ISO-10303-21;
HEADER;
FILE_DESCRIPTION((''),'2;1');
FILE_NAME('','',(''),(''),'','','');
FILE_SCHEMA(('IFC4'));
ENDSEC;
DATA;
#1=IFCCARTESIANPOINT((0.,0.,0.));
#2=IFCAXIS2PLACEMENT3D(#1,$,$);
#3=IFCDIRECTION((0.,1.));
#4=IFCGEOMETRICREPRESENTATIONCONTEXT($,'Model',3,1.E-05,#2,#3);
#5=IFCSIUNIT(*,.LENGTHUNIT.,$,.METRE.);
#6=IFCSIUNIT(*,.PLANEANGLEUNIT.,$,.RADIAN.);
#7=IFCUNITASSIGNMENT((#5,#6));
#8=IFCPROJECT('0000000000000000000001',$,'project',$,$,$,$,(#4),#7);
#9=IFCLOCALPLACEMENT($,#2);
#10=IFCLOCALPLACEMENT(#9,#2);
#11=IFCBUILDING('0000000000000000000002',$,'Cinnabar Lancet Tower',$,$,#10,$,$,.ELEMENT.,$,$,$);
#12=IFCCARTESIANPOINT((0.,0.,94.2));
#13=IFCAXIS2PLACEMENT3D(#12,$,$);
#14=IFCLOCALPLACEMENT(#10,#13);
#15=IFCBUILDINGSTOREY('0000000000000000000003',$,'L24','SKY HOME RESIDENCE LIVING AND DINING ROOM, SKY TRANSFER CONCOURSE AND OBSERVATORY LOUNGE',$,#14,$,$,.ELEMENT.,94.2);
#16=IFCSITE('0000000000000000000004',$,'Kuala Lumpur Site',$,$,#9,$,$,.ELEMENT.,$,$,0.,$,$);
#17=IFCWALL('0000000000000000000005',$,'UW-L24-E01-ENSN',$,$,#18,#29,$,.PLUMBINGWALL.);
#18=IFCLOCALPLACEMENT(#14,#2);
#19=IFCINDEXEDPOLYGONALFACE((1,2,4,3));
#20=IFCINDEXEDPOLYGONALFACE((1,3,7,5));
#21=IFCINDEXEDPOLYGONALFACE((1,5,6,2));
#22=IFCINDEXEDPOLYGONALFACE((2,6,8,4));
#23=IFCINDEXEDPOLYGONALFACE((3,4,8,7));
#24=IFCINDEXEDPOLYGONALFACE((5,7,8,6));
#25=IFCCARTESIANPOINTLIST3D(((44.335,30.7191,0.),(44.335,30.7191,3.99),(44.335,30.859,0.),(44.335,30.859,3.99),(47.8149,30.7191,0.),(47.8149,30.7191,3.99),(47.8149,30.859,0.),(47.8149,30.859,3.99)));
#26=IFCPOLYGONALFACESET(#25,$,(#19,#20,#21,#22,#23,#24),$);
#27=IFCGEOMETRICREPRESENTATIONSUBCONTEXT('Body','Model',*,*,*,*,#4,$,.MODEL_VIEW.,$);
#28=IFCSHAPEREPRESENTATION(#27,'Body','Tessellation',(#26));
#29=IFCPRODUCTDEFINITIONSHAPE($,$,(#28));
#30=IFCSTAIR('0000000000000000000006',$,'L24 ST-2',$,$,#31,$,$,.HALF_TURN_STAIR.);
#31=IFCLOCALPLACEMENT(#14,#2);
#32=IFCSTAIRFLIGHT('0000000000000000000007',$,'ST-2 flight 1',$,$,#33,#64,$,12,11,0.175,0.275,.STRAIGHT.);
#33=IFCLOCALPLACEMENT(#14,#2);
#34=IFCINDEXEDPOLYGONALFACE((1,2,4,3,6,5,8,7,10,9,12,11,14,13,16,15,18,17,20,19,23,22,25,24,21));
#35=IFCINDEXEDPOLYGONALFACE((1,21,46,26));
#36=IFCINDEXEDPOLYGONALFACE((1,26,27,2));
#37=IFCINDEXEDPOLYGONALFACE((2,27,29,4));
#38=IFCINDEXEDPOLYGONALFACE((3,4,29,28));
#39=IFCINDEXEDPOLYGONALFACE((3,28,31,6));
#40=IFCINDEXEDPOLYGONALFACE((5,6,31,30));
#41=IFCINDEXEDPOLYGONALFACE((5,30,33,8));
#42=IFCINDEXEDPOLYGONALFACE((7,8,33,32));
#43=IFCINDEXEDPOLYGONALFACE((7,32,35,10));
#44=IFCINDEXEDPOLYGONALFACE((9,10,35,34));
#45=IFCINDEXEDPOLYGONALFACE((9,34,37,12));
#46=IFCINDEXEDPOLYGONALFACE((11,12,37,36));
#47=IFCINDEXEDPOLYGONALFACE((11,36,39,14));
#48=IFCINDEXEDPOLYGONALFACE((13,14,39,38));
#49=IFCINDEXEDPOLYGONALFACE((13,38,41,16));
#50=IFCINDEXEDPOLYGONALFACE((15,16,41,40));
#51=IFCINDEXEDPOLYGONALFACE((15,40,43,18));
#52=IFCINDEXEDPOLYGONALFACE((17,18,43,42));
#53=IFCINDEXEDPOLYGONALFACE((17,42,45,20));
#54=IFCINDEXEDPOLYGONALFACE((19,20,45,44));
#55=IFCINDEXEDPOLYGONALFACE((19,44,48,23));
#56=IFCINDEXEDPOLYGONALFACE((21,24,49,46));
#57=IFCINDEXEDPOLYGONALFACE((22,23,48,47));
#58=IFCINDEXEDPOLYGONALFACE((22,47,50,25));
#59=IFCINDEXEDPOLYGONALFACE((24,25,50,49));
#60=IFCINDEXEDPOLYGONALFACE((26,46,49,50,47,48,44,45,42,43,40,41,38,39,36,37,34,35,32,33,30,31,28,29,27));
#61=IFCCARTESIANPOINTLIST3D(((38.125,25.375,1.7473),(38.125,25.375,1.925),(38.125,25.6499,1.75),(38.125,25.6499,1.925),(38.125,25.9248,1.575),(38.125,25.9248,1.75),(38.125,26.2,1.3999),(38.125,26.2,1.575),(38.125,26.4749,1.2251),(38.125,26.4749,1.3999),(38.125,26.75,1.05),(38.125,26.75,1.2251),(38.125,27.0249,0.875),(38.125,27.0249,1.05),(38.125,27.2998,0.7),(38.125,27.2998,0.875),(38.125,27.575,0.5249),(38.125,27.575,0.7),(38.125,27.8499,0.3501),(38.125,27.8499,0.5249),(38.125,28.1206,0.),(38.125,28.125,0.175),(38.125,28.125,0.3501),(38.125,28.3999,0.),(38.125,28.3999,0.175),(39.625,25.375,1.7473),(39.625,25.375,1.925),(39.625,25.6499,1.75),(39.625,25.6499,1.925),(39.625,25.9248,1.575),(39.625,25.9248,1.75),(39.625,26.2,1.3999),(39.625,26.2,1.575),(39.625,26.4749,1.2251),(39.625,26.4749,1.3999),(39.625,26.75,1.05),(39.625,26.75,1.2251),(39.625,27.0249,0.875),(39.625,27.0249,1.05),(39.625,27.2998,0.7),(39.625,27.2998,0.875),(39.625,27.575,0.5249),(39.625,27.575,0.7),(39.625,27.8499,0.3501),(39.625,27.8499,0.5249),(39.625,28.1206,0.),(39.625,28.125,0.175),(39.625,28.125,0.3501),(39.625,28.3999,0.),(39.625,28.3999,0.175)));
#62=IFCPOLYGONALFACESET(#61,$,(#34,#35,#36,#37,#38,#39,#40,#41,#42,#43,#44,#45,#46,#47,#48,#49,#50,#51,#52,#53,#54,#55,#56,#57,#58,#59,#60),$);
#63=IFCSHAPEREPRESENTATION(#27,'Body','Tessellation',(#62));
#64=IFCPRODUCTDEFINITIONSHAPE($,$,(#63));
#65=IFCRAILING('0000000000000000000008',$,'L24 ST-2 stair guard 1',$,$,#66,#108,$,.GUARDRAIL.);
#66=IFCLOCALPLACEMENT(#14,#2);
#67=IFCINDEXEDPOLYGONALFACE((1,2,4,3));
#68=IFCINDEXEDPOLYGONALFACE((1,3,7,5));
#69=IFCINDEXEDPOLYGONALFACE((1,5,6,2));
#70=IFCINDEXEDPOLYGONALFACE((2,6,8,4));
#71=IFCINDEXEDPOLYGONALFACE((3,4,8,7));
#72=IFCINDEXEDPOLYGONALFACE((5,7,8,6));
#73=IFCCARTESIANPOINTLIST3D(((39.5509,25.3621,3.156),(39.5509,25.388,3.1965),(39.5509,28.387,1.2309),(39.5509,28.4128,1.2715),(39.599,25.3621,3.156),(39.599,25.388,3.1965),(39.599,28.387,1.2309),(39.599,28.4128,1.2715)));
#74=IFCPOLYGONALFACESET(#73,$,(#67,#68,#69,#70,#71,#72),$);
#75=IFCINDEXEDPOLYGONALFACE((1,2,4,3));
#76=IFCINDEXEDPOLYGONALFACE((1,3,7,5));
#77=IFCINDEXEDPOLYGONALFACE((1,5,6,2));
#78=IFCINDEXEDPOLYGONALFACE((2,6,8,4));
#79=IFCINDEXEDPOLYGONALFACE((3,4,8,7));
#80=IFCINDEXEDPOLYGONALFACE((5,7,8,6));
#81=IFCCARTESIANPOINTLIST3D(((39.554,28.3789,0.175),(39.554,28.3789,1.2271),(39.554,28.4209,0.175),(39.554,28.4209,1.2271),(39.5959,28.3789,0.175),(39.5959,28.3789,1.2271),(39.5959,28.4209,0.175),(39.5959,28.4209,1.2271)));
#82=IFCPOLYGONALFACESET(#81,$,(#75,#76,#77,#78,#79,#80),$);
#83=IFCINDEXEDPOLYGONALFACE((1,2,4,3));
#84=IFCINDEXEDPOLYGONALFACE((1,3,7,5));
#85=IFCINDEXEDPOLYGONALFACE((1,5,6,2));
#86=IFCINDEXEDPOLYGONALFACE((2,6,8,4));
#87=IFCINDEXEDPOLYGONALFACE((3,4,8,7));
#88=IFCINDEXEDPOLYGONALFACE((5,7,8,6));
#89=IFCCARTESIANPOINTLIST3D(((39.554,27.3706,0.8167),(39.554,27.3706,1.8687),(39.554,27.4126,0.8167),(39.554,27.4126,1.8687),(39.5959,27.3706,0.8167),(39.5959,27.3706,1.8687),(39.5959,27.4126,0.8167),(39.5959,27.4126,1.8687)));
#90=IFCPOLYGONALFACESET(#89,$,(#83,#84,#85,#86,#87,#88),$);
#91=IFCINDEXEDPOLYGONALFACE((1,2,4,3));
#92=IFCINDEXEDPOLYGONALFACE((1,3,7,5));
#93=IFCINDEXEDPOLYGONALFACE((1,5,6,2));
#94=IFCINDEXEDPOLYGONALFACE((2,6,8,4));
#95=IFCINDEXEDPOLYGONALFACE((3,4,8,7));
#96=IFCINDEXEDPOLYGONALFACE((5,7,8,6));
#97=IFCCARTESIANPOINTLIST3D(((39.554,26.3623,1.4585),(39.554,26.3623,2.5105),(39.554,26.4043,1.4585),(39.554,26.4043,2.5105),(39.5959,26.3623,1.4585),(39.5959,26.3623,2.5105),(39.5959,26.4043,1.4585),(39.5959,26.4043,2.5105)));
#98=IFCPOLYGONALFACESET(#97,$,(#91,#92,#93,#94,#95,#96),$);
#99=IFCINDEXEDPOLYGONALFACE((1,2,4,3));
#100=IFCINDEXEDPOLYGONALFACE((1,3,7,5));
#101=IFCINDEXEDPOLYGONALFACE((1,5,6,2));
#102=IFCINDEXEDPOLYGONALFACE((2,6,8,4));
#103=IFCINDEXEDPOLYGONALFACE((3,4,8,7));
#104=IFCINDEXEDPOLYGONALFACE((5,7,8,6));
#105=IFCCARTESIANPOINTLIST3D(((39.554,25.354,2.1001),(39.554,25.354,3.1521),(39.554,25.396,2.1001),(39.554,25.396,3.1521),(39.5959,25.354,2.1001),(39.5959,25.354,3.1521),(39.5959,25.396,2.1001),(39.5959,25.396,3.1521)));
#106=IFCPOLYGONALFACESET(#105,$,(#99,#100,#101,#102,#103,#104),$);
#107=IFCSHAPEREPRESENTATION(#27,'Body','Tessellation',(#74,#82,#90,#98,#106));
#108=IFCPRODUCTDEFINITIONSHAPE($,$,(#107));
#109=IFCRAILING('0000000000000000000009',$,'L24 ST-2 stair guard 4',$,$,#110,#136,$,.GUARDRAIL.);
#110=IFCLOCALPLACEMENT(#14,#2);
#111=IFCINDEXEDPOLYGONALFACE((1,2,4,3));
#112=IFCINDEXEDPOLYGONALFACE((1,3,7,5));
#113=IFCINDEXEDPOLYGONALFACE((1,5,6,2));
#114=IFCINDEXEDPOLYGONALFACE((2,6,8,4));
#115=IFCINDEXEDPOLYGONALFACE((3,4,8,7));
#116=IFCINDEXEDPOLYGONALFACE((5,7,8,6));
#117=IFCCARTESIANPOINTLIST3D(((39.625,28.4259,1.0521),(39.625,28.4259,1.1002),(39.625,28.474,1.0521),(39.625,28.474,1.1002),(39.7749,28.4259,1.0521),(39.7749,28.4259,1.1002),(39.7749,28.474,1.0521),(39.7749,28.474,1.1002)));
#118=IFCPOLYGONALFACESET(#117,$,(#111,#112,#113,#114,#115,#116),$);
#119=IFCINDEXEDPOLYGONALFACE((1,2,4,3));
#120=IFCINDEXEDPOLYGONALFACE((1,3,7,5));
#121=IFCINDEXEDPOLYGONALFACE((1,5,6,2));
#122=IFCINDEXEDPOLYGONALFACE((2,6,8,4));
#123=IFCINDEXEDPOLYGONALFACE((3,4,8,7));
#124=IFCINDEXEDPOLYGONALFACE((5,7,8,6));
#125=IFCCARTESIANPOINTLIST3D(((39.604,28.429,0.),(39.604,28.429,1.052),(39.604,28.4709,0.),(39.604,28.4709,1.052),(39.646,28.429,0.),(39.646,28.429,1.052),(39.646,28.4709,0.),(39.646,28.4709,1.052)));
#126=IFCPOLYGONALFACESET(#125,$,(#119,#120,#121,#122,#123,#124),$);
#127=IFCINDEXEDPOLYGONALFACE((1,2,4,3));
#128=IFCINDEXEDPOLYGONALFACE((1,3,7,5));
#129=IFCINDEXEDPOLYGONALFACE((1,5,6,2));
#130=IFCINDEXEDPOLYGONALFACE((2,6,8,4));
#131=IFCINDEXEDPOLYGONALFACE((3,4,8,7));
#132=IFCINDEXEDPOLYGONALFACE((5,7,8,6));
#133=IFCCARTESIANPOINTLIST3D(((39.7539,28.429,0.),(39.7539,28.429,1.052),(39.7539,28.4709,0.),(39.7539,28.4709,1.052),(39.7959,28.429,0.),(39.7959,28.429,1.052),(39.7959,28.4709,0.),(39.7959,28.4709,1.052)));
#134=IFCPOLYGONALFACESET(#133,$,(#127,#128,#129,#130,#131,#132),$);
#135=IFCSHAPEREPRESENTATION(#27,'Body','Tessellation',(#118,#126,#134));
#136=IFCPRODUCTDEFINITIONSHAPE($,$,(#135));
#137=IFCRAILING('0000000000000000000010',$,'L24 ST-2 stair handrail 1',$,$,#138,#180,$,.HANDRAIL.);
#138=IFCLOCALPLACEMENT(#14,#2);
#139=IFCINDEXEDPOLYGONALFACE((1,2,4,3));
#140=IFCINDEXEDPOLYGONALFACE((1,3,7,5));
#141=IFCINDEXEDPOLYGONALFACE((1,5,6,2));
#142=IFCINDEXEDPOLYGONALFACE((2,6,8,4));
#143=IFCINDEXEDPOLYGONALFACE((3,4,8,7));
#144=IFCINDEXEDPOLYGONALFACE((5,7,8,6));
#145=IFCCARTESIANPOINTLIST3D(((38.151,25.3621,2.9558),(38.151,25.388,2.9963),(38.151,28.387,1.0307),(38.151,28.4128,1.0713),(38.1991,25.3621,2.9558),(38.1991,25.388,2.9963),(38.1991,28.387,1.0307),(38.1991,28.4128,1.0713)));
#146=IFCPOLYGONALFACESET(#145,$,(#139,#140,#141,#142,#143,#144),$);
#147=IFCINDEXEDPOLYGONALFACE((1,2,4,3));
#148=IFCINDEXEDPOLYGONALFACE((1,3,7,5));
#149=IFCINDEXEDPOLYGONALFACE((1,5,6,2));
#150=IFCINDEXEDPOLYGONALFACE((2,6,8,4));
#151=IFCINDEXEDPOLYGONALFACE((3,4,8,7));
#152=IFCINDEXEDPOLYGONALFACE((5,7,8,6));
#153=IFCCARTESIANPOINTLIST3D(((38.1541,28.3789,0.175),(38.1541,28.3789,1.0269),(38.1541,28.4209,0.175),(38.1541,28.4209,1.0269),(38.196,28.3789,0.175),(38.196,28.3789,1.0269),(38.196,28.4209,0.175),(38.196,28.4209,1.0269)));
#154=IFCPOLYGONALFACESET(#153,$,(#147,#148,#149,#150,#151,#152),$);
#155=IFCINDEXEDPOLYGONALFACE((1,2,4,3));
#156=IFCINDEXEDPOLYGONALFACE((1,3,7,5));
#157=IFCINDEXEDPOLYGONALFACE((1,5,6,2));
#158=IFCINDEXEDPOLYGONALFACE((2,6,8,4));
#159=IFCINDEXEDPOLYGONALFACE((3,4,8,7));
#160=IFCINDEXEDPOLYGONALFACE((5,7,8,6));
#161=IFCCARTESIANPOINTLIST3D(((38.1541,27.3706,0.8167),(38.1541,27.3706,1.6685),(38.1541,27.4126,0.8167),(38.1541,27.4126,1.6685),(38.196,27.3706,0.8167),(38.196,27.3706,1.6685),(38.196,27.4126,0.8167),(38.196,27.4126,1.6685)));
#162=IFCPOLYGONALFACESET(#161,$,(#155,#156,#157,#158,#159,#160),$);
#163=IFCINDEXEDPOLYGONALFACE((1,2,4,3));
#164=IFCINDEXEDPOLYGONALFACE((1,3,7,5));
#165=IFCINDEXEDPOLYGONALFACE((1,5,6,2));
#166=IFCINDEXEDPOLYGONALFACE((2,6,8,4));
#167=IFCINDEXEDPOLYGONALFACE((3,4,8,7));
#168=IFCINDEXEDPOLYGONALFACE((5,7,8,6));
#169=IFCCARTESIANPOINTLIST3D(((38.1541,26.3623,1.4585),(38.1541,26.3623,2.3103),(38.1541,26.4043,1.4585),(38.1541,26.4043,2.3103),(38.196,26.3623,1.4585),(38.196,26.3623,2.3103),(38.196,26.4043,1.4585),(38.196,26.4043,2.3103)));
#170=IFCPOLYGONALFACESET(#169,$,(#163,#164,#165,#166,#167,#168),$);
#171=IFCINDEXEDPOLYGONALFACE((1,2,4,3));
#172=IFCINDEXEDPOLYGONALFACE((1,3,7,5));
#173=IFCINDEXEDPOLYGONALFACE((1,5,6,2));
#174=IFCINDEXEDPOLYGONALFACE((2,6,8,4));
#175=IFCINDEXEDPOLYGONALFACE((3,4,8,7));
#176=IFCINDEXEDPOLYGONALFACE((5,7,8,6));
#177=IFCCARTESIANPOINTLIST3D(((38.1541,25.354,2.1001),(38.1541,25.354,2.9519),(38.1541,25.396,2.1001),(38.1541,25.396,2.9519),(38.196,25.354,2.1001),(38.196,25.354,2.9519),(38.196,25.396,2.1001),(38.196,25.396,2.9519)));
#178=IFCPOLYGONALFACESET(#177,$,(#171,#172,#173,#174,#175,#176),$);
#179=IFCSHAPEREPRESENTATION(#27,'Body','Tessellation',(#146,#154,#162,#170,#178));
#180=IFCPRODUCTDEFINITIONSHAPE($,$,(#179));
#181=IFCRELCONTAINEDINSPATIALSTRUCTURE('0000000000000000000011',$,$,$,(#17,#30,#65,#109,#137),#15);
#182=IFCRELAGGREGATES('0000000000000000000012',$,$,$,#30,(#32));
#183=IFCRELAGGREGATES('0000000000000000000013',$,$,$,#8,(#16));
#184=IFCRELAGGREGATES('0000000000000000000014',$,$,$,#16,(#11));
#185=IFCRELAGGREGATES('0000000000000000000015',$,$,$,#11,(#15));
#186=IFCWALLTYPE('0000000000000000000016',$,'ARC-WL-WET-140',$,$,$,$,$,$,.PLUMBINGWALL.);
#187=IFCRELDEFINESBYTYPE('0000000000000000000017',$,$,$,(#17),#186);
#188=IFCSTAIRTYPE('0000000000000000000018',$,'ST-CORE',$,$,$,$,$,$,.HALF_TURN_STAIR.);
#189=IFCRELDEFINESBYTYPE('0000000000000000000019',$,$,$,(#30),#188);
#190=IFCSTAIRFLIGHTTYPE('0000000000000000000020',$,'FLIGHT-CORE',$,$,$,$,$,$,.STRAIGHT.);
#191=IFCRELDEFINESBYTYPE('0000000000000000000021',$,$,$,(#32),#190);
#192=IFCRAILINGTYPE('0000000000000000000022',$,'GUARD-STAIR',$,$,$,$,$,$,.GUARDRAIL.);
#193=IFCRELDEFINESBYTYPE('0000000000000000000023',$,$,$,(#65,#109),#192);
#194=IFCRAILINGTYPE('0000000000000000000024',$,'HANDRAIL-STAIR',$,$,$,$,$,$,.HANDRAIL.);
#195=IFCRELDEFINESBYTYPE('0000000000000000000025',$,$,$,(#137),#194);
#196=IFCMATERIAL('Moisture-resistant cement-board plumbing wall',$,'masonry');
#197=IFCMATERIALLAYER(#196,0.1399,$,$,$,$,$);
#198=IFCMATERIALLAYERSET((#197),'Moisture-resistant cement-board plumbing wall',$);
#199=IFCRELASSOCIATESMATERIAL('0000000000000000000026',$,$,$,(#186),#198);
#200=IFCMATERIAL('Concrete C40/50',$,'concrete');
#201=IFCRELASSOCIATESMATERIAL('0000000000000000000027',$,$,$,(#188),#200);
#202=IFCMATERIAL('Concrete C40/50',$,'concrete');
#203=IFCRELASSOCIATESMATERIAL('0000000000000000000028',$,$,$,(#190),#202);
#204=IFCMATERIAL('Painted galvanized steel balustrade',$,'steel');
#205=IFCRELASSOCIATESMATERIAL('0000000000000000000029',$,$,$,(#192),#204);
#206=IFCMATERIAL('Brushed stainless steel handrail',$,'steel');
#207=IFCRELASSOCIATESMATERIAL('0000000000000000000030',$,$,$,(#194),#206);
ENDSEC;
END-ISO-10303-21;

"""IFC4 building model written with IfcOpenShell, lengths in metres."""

from ifc_helpers import new_model, si_unit, direction, frame, frame_2d, origin, origin_2d, place, context, subcontext, project, spatial, polyline, rectangle, outline, extrude, material, layer, layer_set, type_object, element, aggregate, save


model = new_model("IFC4")

# Units and contexts
model_context = context("Model", 3, precision=1e-05, world=origin(), true_north=direction((0.0, 1.0)))
body_context = subcontext(model_context, "Body", "Model", "MODEL_VIEW")
ifc_project = project(units=[si_unit("LENGTHUNIT", "METRE"), si_unit("PLANEANGLEUNIT", "RADIAN")], contexts=[model_context])

# Site, building, storey
site_placement = place(None, origin())
site = spatial("IfcSite", under=ifc_project, at=site_placement, Name="Kuala Lumpur Site", CompositionType="ELEMENT", RefElevation=0.0)
building_placement = place(site_placement, origin())
building = spatial("IfcBuilding", under=site, at=building_placement, Name="Cinnabar Lancet Tower", CompositionType="ELEMENT")
storey_placement = place(building_placement, frame((0.0, 0.0, 94.2)))
storey = spatial("IfcBuildingStorey", under=building, at=storey_placement, Name="L24", Description="SKY HOME RESIDENCE LIVING AND DINING ROOM, SKY TRANSFER CONCOURSE AND OBSERVATORY LOUNGE", CompositionType="ELEMENT", Elevation=94.2)

# Wall
ifc_material_1 = material(Name="Moisture-resistant cement-board plumbing wall", Category="masonry")
ifc_layer_1 = layer(ifc_material_1, 0.1399)
ifc_layer_set_1 = layer_set([ifc_layer_1], Name="Moisture-resistant cement-board plumbing wall")
wall_type_1 = type_object("IfcWallType", Name="ARC-WL-WET-140", PredefinedType="PLUMBINGWALL", material=ifc_layer_set_1)
wall_1_placement = place(storey_placement, frame((44.335, 30.7891, 0.0), z_axis=(0.0, 0.0, 1.0), x_axis=(1.0, 0.0, 0.0)))
element("IfcWall", 1, at=wall_1_placement, inside=storey, type_object=wall_type_1, Name="UW-L24-E01-ENSN", PredefinedType="PLUMBINGWALL", context=body_context, shape_type="SweptSolid", body=[
    extrude(rectangle(XDim=3.48, YDim=0.1399, at=frame_2d((1.74, 0.0))), origin(), (0.0, 0.0, 1.0), 3.99),
])

# Stair, stair flight
ifc_material_2 = material(Name="Concrete C40/50", Category="concrete")
stair_type = type_object("IfcStairType", Name="ST-CORE", PredefinedType="HALF_TURN_STAIR", material=ifc_material_2)
stair_placement = place(storey_placement, origin())
stair = element("IfcStair", 2, at=stair_placement, inside=storey, type_object=stair_type, Name="L24 ST-2", PredefinedType="HALF_TURN_STAIR")
ifc_material_3 = material(Name="Concrete C40/50", Category="concrete")
stair_flight_type = type_object("IfcStairFlightType", Name="FLIGHT-CORE", PredefinedType="STRAIGHT", material=ifc_material_3)
stair_flight_placement = place(storey_placement, frame((38.875, 28.3999, 0.0), z_axis=(0.0, 0.0, 1.0), x_axis=(0.0, -1.0, 0.0)))
stair_flight = element("IfcStairFlight", 3, at=stair_flight_placement, type_object=stair_flight_type, Name="ST-2 flight 1", NumberOfRisers=12, NumberOfTreads=11, PredefinedType="STRAIGHT", RiserHeight=0.175, TreadLength=0.275, context=body_context, shape_type="SweptSolid", body=[
    extrude(outline(polyline([(0.0, 0.0), (0.0, 0.175), (0.2749, 0.175), (0.2749, 0.3501), (0.55, 0.3501), (0.55, 0.5249), (0.825, 0.5249), (0.825, 0.7), (1.1001, 0.7), (1.1001, 0.875), (1.375, 0.875), (1.375, 1.05), (1.6499, 1.05), (1.6499, 1.2251), (1.925, 1.2251), (1.925, 1.3999), (2.2, 1.3999), (2.2, 1.575), (2.4751, 1.575), (2.4751, 1.75), (2.75, 1.75), (2.75, 1.925), (3.0249, 1.925), (3.0249, 2.1001), (3.0249, 1.7473), (0.2793, 0.0), (0.0, 0.0)])), frame((0.0, 0.75, 0.0), z_axis=(0.0, -1.0, 0.0), x_axis=(1.0, 0.0, 0.0)), (0.0, 0.0, 1.0), 1.5),
])
aggregate(stair, [stair_flight])

# Railings
ifc_material_4 = material(Name="Painted galvanized steel balustrade", Category="steel")
railing_type_1 = type_object("IfcRailingType", Name="GUARD-STAIR", PredefinedType="GUARDRAIL", material=ifc_material_4)
railing_1_placement = place(storey_placement, frame((39.575, 28.3999, 0.175)))
element("IfcRailing", 4, at=railing_1_placement, inside=storey, type_object=railing_type_1, Name="L24 ST-2 stair guard 1", PredefinedType="GUARDRAIL", context=body_context, shape_type="SweptSolid", body=[
    extrude(rectangle(XDim=0.0481, YDim=0.0481, at=origin_2d()), frame((0.0, 0.0, 1.0762), z_axis=(0.0, -0.843647, 0.536898), x_axis=(1.0, 0.0, 0.0)), (0.0, 0.0, 1.0), 3.5854),
    extrude(rectangle(XDim=0.042, YDim=0.042, at=origin_2d()), origin(), (0.0, 0.0, 1.0), 1.052),
    extrude(rectangle(XDim=0.042, YDim=0.042, at=origin_2d()), frame((0.0, -1.0083, 0.6416)), (0.0, 0.0, 1.0), 1.052),
    extrude(rectangle(XDim=0.042, YDim=0.042, at=origin_2d()), frame((0.0, -2.0166, 1.2834)), (0.0, 0.0, 1.0), 1.052),
    extrude(rectangle(XDim=0.042, YDim=0.042, at=origin_2d()), frame((0.0, -3.0249, 1.925)), (0.0, 0.0, 1.0), 1.052),
])
railing_2_placement = place(storey_placement, frame((39.625, 28.45, 0.0)))
element("IfcRailing", 5, at=railing_2_placement, inside=storey, type_object=railing_type_1, Name="L24 ST-2 stair guard 4", PredefinedType="GUARDRAIL", context=body_context, shape_type="SweptSolid", body=[
    extrude(rectangle(XDim=0.0481, YDim=0.0481, at=origin_2d()), frame((0.0, 0.0, 1.0762), z_axis=(1.0, 0.0, 0.0), x_axis=(0.0, 1.0, 0.0)), (0.0, 0.0, 1.0), 0.1499),
    extrude(rectangle(XDim=0.042, YDim=0.042, at=origin_2d()), origin(), (0.0, 0.0, 1.0), 1.052),
    extrude(rectangle(XDim=0.042, YDim=0.042, at=origin_2d()), frame((0.1499, 0.0, 0.0)), (0.0, 0.0, 1.0), 1.052),
])
ifc_material_5 = material(Name="Brushed stainless steel handrail", Category="steel")
railing_type_2 = type_object("IfcRailingType", Name="HANDRAIL-STAIR", PredefinedType="HANDRAIL", material=ifc_material_5)
railing_3_placement = place(storey_placement, frame((38.175, 28.3999, 0.175)))
element("IfcRailing", 6, at=railing_3_placement, inside=storey, type_object=railing_type_2, Name="L24 ST-2 stair handrail 1", PredefinedType="HANDRAIL", context=body_context, shape_type="SweptSolid", body=[
    extrude(rectangle(XDim=0.0481, YDim=0.0481, at=origin_2d()), frame((0.0, 0.0, 0.876), z_axis=(0.0, -0.843647, 0.536898), x_axis=(1.0, 0.0, 0.0)), (0.0, 0.0, 1.0), 3.5854),
    extrude(rectangle(XDim=0.042, YDim=0.042, at=origin_2d()), origin(), (0.0, 0.0, 1.0), 0.8518),
    extrude(rectangle(XDim=0.042, YDim=0.042, at=origin_2d()), frame((0.0, -1.0083, 0.6416)), (0.0, 0.0, 1.0), 0.8518),
    extrude(rectangle(XDim=0.042, YDim=0.042, at=origin_2d()), frame((0.0, -2.0166, 1.2834)), (0.0, 0.0, 1.0), 0.8518),
    extrude(rectangle(XDim=0.042, YDim=0.042, at=origin_2d()), frame((0.0, -3.0249, 1.925)), (0.0, 0.0, 1.0), 0.8518),
])

save(model, "model.ifc")
